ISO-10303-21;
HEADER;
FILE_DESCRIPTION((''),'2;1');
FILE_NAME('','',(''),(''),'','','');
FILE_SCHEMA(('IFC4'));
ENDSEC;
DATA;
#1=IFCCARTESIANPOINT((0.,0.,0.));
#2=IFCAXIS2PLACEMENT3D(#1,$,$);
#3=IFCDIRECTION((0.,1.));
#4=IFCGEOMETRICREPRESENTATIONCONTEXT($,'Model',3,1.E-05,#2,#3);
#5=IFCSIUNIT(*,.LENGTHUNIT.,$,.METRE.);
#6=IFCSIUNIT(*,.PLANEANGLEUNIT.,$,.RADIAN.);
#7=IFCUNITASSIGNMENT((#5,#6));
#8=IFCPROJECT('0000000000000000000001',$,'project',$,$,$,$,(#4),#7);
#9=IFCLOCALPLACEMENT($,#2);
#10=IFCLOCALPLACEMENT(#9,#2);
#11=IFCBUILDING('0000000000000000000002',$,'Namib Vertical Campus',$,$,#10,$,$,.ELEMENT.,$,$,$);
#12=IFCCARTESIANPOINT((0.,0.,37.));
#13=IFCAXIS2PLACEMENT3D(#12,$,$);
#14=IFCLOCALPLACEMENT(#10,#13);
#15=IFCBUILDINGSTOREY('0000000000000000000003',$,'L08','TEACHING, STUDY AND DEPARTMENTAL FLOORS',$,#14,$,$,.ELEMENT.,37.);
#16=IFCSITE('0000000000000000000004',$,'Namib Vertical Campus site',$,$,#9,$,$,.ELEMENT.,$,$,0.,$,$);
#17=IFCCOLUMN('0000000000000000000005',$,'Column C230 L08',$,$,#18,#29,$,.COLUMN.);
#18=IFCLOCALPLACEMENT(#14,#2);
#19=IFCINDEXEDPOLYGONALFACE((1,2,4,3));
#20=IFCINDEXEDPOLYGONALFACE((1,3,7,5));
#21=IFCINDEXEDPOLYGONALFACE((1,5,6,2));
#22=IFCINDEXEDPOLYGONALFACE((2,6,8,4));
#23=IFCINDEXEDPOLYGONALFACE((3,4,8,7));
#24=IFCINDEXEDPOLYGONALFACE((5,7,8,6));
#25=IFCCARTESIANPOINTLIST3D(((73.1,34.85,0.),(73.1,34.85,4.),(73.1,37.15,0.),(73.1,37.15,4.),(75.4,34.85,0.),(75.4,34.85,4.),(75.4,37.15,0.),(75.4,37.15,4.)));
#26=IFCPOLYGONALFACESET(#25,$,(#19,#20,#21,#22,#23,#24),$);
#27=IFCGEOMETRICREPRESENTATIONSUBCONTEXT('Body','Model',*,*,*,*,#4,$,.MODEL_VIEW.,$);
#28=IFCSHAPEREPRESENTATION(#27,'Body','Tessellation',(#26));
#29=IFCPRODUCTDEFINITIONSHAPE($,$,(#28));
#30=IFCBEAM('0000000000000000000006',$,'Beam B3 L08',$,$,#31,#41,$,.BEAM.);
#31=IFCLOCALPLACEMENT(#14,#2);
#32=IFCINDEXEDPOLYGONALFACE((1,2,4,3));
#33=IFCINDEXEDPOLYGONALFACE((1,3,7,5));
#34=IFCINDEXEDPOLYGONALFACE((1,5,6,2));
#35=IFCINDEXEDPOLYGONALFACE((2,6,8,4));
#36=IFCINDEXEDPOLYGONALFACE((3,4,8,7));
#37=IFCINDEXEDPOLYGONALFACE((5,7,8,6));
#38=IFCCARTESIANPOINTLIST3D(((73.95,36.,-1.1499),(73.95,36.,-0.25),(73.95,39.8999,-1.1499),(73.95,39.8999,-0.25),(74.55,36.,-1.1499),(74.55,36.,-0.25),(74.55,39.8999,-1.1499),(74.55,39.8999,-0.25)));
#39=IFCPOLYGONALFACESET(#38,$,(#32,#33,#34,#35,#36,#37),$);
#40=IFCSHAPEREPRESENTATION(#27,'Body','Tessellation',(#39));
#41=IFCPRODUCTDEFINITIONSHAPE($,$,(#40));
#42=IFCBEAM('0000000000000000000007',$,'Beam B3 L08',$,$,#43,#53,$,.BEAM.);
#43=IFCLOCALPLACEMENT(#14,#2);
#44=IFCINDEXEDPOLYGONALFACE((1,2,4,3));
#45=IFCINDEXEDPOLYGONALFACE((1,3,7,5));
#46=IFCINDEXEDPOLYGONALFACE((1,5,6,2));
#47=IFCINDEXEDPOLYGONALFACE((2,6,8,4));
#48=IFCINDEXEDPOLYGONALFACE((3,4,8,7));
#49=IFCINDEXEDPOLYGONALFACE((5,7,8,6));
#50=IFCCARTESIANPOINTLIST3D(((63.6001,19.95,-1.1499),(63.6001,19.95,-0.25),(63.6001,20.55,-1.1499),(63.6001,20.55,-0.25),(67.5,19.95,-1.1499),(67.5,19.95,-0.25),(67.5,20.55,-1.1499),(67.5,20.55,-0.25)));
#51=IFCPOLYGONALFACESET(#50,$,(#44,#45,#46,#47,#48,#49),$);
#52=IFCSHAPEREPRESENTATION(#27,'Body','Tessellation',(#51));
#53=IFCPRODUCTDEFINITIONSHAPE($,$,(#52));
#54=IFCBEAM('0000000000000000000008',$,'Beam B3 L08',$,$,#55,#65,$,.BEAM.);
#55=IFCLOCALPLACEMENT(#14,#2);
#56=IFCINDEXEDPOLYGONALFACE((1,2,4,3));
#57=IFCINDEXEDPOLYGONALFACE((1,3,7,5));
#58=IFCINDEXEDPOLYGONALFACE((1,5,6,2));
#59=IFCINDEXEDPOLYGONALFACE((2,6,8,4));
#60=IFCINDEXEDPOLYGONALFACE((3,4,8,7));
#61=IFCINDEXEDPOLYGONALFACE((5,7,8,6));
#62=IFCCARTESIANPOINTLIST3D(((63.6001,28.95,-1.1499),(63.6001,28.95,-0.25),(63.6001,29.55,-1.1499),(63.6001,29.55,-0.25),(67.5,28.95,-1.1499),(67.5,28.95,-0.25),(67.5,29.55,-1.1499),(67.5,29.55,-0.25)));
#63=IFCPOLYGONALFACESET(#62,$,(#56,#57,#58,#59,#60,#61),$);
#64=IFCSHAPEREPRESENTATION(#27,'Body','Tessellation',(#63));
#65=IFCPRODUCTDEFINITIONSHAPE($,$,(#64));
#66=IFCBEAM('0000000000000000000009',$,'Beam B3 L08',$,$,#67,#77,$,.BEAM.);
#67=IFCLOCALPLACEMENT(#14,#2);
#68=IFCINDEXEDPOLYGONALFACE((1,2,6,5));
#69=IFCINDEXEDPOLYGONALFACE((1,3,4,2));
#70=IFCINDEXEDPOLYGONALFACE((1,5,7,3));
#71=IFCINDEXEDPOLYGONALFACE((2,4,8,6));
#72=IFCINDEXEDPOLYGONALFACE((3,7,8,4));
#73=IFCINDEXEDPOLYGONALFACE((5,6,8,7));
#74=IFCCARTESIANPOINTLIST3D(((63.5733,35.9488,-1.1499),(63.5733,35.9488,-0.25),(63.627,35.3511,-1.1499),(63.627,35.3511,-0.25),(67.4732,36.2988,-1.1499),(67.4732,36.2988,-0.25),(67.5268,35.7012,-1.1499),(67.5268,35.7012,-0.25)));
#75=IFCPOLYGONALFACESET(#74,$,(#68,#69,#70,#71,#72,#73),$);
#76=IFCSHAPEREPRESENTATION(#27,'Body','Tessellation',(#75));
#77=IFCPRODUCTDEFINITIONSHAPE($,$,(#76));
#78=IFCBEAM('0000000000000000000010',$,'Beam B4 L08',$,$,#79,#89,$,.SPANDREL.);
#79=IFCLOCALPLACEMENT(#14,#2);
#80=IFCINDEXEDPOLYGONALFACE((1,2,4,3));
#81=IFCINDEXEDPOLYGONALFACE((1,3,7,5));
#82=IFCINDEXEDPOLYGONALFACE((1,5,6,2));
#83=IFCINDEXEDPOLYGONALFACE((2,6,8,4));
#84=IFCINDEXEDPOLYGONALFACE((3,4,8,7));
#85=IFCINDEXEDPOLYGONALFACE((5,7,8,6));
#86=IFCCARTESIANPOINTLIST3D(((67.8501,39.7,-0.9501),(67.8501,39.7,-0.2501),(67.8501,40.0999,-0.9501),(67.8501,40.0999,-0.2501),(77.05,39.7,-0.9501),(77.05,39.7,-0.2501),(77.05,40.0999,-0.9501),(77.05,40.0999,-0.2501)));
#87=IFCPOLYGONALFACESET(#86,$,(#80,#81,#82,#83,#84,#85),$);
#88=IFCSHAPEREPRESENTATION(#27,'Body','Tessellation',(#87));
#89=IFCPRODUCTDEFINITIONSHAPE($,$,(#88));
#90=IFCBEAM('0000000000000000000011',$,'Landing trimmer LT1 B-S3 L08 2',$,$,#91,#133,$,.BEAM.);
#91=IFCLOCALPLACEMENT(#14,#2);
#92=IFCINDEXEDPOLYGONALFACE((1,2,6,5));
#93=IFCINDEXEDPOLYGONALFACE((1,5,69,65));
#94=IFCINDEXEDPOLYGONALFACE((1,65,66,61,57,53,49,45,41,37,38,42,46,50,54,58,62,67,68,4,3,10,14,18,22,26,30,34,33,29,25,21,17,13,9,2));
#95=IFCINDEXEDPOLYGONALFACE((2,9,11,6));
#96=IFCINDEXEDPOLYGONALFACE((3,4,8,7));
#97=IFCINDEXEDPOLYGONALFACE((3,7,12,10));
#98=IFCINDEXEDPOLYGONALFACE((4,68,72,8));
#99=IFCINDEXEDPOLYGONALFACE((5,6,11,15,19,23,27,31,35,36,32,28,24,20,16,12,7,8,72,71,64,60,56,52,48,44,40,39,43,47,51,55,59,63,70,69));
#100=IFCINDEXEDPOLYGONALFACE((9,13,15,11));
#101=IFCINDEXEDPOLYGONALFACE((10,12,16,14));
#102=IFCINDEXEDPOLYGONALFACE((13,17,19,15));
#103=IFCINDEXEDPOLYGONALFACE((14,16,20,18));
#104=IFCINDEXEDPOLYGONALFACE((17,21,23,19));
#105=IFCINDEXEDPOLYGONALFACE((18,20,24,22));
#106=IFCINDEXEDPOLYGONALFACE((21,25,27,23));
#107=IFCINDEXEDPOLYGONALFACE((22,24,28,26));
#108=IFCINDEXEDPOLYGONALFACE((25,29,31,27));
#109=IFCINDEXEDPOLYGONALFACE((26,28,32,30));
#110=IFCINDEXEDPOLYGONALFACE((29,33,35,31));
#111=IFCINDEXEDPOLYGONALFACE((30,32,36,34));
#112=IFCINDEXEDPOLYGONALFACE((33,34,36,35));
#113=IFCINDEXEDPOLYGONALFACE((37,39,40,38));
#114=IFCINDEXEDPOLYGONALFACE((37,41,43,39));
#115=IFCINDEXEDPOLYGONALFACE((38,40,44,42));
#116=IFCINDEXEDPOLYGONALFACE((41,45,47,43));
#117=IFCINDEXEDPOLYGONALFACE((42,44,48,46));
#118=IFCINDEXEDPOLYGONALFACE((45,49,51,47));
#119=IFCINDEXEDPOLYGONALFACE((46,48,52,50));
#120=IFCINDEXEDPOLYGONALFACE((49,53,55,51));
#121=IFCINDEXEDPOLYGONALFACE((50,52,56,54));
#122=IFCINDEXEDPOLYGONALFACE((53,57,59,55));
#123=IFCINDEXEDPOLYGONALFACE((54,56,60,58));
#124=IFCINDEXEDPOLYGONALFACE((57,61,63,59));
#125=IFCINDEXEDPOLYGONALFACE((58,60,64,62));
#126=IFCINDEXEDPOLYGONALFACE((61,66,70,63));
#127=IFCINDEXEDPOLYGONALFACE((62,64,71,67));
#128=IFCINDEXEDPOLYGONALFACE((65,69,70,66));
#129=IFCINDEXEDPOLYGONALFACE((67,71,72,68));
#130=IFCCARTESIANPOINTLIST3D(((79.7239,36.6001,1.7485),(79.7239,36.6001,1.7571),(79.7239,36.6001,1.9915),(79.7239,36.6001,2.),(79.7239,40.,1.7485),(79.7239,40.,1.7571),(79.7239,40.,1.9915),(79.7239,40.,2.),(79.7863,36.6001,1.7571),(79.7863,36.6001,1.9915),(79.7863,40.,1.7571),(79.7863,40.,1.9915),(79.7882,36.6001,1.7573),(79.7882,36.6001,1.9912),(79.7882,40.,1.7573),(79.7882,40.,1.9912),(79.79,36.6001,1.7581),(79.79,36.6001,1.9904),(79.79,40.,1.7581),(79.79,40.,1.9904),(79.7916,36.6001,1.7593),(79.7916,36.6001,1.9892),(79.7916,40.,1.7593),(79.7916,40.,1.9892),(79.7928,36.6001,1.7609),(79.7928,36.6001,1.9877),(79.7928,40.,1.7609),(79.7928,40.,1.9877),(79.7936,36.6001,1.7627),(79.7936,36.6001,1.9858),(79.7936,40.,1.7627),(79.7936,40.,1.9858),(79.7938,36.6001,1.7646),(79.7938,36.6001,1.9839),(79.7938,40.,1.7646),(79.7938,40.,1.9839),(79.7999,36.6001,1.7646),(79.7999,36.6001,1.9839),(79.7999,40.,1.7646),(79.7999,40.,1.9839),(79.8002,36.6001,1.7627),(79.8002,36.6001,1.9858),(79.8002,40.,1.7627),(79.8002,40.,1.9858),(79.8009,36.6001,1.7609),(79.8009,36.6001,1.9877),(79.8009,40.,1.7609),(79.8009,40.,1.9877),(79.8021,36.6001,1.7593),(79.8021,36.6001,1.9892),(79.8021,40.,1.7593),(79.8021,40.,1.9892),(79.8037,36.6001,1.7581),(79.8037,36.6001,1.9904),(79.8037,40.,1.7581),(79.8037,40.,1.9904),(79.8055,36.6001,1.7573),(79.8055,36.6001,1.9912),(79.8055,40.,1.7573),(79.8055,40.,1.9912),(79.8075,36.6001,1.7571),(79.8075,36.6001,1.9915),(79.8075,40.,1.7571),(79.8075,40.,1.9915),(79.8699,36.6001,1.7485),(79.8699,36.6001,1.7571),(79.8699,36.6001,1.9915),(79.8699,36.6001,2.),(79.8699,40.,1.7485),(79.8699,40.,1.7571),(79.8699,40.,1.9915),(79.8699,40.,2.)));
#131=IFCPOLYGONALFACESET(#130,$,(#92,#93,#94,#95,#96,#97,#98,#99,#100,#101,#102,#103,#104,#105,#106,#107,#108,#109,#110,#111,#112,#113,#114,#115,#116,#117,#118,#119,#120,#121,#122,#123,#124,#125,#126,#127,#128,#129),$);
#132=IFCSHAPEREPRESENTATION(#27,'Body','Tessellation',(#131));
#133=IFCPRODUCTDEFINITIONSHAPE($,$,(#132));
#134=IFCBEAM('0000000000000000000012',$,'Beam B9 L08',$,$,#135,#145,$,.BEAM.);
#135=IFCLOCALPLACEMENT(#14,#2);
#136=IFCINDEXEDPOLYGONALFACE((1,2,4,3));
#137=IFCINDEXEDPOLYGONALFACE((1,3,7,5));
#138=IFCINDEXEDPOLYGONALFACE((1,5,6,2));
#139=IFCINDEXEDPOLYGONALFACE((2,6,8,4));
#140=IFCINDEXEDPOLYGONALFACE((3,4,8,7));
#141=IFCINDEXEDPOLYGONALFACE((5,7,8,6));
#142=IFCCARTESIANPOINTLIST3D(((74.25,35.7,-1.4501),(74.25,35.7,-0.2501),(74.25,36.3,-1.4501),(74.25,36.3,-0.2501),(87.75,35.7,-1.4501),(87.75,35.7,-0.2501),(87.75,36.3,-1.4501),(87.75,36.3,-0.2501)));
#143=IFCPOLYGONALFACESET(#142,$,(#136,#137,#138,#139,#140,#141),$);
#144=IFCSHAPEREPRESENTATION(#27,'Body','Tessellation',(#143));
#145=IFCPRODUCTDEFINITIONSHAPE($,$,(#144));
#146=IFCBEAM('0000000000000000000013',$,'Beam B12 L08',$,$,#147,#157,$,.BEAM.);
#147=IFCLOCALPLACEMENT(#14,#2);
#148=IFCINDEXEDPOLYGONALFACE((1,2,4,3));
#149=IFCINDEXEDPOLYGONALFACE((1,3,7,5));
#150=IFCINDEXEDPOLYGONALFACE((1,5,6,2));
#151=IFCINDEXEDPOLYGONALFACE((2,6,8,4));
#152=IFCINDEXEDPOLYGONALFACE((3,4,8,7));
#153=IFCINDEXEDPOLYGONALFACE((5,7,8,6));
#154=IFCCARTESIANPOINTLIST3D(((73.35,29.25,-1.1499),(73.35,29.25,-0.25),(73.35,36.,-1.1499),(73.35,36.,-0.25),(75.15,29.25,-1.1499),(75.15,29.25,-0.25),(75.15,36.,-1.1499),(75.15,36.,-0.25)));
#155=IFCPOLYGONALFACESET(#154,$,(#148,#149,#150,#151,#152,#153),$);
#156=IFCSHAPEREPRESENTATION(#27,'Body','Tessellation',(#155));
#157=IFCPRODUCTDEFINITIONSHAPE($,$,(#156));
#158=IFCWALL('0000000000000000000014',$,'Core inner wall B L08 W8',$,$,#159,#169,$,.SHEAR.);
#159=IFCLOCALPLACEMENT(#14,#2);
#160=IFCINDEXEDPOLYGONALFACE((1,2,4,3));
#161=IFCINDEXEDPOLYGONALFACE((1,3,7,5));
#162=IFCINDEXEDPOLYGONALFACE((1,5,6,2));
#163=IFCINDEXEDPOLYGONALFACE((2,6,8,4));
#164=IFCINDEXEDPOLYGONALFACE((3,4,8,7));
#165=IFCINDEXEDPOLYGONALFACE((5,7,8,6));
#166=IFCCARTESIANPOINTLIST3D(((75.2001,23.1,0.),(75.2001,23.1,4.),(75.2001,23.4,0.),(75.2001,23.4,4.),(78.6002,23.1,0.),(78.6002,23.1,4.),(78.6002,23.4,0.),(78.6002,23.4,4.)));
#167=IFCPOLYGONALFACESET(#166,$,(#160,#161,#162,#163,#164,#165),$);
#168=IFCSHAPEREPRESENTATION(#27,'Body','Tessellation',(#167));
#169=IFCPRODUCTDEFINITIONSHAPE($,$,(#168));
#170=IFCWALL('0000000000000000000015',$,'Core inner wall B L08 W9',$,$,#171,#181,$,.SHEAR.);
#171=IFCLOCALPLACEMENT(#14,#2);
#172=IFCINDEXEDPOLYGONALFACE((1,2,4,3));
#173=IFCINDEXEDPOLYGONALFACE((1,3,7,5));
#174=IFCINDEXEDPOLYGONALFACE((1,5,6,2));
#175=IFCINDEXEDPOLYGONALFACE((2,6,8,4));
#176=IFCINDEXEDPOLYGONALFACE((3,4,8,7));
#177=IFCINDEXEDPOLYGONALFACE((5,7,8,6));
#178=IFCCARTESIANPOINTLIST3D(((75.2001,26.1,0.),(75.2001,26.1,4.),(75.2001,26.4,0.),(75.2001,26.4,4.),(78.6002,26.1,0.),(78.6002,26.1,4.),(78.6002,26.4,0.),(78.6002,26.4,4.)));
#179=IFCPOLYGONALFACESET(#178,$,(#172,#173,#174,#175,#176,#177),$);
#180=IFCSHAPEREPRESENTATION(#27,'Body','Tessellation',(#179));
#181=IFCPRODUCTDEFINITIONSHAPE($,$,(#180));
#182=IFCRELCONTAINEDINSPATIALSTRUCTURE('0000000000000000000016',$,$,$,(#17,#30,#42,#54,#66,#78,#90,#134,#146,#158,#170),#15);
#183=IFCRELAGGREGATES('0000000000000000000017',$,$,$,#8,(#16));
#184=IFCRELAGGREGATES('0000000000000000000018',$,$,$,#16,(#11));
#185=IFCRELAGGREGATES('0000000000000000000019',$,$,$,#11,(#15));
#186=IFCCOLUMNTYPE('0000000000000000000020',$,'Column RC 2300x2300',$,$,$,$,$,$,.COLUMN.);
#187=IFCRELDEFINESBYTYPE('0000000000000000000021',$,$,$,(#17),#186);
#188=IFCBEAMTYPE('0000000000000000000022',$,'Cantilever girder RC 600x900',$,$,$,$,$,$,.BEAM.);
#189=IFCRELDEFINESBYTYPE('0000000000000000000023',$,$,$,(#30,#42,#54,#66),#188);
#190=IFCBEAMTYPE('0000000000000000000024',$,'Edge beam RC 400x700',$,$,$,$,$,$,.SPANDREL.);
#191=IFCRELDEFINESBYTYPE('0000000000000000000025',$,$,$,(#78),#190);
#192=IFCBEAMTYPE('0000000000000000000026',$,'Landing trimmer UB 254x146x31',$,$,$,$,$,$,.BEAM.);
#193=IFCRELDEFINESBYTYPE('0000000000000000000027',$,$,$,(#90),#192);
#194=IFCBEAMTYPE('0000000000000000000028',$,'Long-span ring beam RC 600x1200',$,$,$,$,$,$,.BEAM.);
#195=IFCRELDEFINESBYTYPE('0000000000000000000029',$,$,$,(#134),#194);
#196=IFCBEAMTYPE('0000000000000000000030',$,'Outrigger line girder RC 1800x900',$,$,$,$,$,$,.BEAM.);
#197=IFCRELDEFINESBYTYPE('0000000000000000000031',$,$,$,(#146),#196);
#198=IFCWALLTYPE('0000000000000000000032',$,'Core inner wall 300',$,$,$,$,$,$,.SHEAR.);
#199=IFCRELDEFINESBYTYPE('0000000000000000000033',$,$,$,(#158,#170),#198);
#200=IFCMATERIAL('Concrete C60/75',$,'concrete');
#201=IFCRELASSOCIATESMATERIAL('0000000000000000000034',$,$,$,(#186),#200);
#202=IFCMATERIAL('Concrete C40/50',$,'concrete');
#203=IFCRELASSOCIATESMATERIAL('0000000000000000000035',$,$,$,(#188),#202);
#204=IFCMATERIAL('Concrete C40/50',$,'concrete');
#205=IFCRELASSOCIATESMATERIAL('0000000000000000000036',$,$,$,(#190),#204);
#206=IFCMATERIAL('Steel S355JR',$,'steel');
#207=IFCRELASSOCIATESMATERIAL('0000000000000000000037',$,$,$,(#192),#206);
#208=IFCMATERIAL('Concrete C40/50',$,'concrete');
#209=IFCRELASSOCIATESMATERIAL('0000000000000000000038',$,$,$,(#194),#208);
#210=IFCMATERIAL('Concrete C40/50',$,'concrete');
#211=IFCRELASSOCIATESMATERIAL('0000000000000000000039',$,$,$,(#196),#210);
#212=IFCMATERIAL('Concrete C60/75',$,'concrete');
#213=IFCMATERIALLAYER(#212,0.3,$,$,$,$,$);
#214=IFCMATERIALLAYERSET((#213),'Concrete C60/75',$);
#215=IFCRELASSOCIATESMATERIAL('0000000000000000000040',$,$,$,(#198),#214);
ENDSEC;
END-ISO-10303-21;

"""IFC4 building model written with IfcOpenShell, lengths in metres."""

from ifc_helpers import new_model, si_unit, direction, frame, frame_2d, origin, origin_2d, place, context, subcontext, project, spatial, rectangle, i_section, extrude, material, layer, layer_set, material_profile, profile_set, type_object, element, save


model = new_model("IFC4")

# Units and contexts
model_context = context("Model", 3, precision=1e-05, world=origin(), true_north=direction((0.0, 1.0)))
body_context = subcontext(model_context, "Body", "Model", "MODEL_VIEW")
ifc_project = project(units=[si_unit("LENGTHUNIT", "METRE"), si_unit("PLANEANGLEUNIT", "RADIAN")], contexts=[model_context])

# Site, building, storey
site_placement = place(None, origin())
site = spatial("IfcSite", under=ifc_project, at=site_placement, Name="Namib Vertical Campus site", CompositionType="ELEMENT", RefElevation=0.0)
building_placement = place(site_placement, origin())
building = spatial("IfcBuilding", under=site, at=building_placement, Name="Namib Vertical Campus", CompositionType="ELEMENT")
storey_placement = place(building_placement, frame((0.0, 0.0, 37.0)))
storey = spatial("IfcBuildingStorey", under=building, at=storey_placement, Name="L08", Description="TEACHING, STUDY AND DEPARTMENTAL FLOORS", CompositionType="ELEMENT", Elevation=37.0)

# Column
ifc_material_1 = material(Name="Concrete C60/75", Category="concrete")
ifc_material_profile_1 = material_profile(ifc_material_1, rectangle(XDim=2.3, YDim=2.3, at=origin_2d()))
ifc_profile_set_1 = profile_set([ifc_material_profile_1], Name="Concrete C60/75")
column_type = type_object("IfcColumnType", Name="Column RC 2300x2300", PredefinedType="COLUMN", material=ifc_profile_set_1)
column_placement = place(storey_placement, frame((74.25, 36.0, 0.0), z_axis=(0.0, 0.0, 1.0), x_axis=(1.0, 0.0, 0.0)))
element("IfcColumn", 1, at=column_placement, inside=storey, type_object=column_type, Name="Column C230 L08", PredefinedType="COLUMN", context=body_context, shape_type="SweptSolid", body=[
    extrude(rectangle(XDim=2.3, YDim=2.3, at=origin_2d()), origin(), (0.0, 0.0, 1.0), 4.0),
])

# Beams
ifc_material_2 = material(Name="Concrete C40/50", Category="concrete")
ifc_material_profile_2 = material_profile(ifc_material_2, rectangle(XDim=0.6001, YDim=0.8999, at=origin_2d()))
ifc_profile_set_2 = profile_set([ifc_material_profile_2], Name="Concrete C40/50")
beam_type_1 = type_object("IfcBeamType", Name="Cantilever girder RC 600x900", PredefinedType="BEAM", material=ifc_profile_set_2)
for number, where, z_axis, x_axis, name in (
    (2, (74.25, 36.0, -0.7), (0.0, 1.0, 0.0), (-1.0, 0.0, 0.0), "Beam B3 L08"),
    (3, (67.5, 20.25, -0.7), (-1.0, 0.0, 0.0), (0.0, -1.0, 0.0), "Beam B3 L08"),
    (4, (67.5, 29.25, -0.7), (-1.0, 0.0, 0.0), (0.0, -1.0, 0.0), "Beam B3 L08"),
):
    element("IfcBeam", number, at=place(storey_placement, frame(where, z_axis=z_axis, x_axis=x_axis)), inside=storey, type_object=beam_type_1, Name=name, PredefinedType="BEAM", context=body_context, shape_type="SweptSolid", body=[
        extrude(rectangle(XDim=0.6001, YDim=0.8999, at=origin_2d()), origin(), (0.0, 0.0, 1.0), 3.8999),
    ])
beam_1_placement = place(storey_placement, frame((67.5, 36.0, -0.7), z_axis=(-0.995995, -0.089411, 0.0), x_axis=(0.089411, -0.995995, 0.0)))
element("IfcBeam", 5, at=beam_1_placement, inside=storey, type_object=beam_type_1, Name="Beam B3 L08", PredefinedType="BEAM", context=body_context, shape_type="SweptSolid", body=[
    extrude(rectangle(XDim=0.6001, YDim=0.8999, at=origin_2d()), origin(), (0.0, 0.0, 1.0), 3.9155),
])
ifc_material_3 = material(Name="Concrete C40/50", Category="concrete")
ifc_material_profile_3 = material_profile(ifc_material_3, rectangle(XDim=0.3999, YDim=0.7, at=origin_2d()))
ifc_profile_set_3 = profile_set([ifc_material_profile_3], Name="Concrete C40/50")
beam_type_2 = type_object("IfcBeamType", Name="Edge beam RC 400x700", PredefinedType="SPANDREL", material=ifc_profile_set_3)
beam_2_placement = place(storey_placement, frame((67.8501, 39.8999, -0.6001), z_axis=(1.0, 0.0, 0.0), x_axis=(0.0, 1.0, 0.0)))
element("IfcBeam", 6, at=beam_2_placement, inside=storey, type_object=beam_type_2, Name="Beam B4 L08", PredefinedType="SPANDREL", context=body_context, shape_type="SweptSolid", body=[
    extrude(rectangle(XDim=0.3999, YDim=0.7, at=origin_2d()), origin(), (0.0, 0.0, 1.0), 9.2),
])
ifc_material_4 = material(Name="Steel S355JR", Category="steel")
ifc_material_profile_4 = material_profile(ifc_material_4, i_section(OverallWidth=0.146, OverallDepth=0.2515, WebThickness=0.0061, FlangeThickness=0.0085, FilletRadius=0.0076, at=origin_2d()))
ifc_profile_set_4 = profile_set([ifc_material_profile_4], Name="Steel S355JR")
beam_type_3 = type_object("IfcBeamType", Name="Landing trimmer UB 254x146x31", PredefinedType="BEAM", material=ifc_profile_set_4)
beam_3_placement = place(storey_placement, frame((79.7969, 36.6001, 1.8743), z_axis=(0.0, 1.0, 0.0), x_axis=(-1.0, 0.0, 0.0)))
element("IfcBeam", 7, at=beam_3_placement, inside=storey, type_object=beam_type_3, Name="Landing trimmer LT1 B-S3 L08 2", PredefinedType="BEAM", context=body_context, shape_type="SweptSolid", body=[
    extrude(i_section(OverallWidth=0.146, OverallDepth=0.2515, WebThickness=0.0061, FlangeThickness=0.0085, FilletRadius=0.0076, at=origin_2d()), origin(), (0.0, 0.0, 1.0), 3.3999),
])
ifc_material_5 = material(Name="Concrete C40/50", Category="concrete")
ifc_material_profile_5 = material_profile(ifc_material_5, rectangle(XDim=0.6001, YDim=1.2, at=origin_2d()))
ifc_profile_set_5 = profile_set([ifc_material_profile_5], Name="Concrete C40/50")
beam_type_4 = type_object("IfcBeamType", Name="Long-span ring beam RC 600x1200", PredefinedType="BEAM", material=ifc_profile_set_5)
beam_4_placement = place(storey_placement, frame((74.25, 36.0, -0.8501), z_axis=(1.0, 0.0, 0.0), x_axis=(0.0, 1.0, 0.0)))
element("IfcBeam", 8, at=beam_4_placement, inside=storey, type_object=beam_type_4, Name="Beam B9 L08", PredefinedType="BEAM", context=body_context, shape_type="SweptSolid", body=[
    extrude(rectangle(XDim=0.6001, YDim=1.2, at=origin_2d()), origin(), (0.0, 0.0, 1.0), 13.5),
])
ifc_material_6 = material(Name="Concrete C40/50", Category="concrete")
ifc_material_profile_6 = material_profile(ifc_material_6, rectangle(XDim=1.8, YDim=0.8999, at=origin_2d()))
ifc_profile_set_6 = profile_set([ifc_material_profile_6], Name="Concrete C40/50")
beam_type_5 = type_object("IfcBeamType", Name="Outrigger line girder RC 1800x900", PredefinedType="BEAM", material=ifc_profile_set_6)
beam_5_placement = place(storey_placement, frame((74.25, 36.0, -0.7), z_axis=(0.0, -1.0, 0.0), x_axis=(1.0, 0.0, 0.0)))
element("IfcBeam", 9, at=beam_5_placement, inside=storey, type_object=beam_type_5, Name="Beam B12 L08", PredefinedType="BEAM", context=body_context, shape_type="SweptSolid", body=[
    extrude(rectangle(XDim=1.8, YDim=0.8999, at=origin_2d()), origin(), (0.0, 0.0, 1.0), 6.75),
])

# Walls
ifc_material_7 = material(Name="Concrete C60/75", Category="concrete")
ifc_layer_1 = layer(ifc_material_7, 0.3)
ifc_layer_set_1 = layer_set([ifc_layer_1], Name="Concrete C60/75")
wall_type_1 = type_object("IfcWallType", Name="Core inner wall 300", PredefinedType="SHEAR", material=ifc_layer_set_1)
for number, where, z_axis, x_axis, name in (
    (10, (75.2, 23.25, 0.0), (0.0, 0.0, 1.0), (1.0, 0.0, 0.0), "Core inner wall B L08 W8"),
    (11, (75.2, 26.25, 0.0), (0.0, 0.0, 1.0), (1.0, 0.0, 0.0), "Core inner wall B L08 W9"),
):
    element("IfcWall", number, at=place(storey_placement, frame(where, z_axis=z_axis, x_axis=x_axis)), inside=storey, type_object=wall_type_1, Name=name, PredefinedType="SHEAR", context=body_context, shape_type="SweptSolid", body=[
        extrude(rectangle(XDim=3.4001, YDim=0.3, at=frame_2d((1.7002, 0.0))), origin(), (0.0, 0.0, 1.0), 4.0),
    ])

save(model, "model.ifc")
